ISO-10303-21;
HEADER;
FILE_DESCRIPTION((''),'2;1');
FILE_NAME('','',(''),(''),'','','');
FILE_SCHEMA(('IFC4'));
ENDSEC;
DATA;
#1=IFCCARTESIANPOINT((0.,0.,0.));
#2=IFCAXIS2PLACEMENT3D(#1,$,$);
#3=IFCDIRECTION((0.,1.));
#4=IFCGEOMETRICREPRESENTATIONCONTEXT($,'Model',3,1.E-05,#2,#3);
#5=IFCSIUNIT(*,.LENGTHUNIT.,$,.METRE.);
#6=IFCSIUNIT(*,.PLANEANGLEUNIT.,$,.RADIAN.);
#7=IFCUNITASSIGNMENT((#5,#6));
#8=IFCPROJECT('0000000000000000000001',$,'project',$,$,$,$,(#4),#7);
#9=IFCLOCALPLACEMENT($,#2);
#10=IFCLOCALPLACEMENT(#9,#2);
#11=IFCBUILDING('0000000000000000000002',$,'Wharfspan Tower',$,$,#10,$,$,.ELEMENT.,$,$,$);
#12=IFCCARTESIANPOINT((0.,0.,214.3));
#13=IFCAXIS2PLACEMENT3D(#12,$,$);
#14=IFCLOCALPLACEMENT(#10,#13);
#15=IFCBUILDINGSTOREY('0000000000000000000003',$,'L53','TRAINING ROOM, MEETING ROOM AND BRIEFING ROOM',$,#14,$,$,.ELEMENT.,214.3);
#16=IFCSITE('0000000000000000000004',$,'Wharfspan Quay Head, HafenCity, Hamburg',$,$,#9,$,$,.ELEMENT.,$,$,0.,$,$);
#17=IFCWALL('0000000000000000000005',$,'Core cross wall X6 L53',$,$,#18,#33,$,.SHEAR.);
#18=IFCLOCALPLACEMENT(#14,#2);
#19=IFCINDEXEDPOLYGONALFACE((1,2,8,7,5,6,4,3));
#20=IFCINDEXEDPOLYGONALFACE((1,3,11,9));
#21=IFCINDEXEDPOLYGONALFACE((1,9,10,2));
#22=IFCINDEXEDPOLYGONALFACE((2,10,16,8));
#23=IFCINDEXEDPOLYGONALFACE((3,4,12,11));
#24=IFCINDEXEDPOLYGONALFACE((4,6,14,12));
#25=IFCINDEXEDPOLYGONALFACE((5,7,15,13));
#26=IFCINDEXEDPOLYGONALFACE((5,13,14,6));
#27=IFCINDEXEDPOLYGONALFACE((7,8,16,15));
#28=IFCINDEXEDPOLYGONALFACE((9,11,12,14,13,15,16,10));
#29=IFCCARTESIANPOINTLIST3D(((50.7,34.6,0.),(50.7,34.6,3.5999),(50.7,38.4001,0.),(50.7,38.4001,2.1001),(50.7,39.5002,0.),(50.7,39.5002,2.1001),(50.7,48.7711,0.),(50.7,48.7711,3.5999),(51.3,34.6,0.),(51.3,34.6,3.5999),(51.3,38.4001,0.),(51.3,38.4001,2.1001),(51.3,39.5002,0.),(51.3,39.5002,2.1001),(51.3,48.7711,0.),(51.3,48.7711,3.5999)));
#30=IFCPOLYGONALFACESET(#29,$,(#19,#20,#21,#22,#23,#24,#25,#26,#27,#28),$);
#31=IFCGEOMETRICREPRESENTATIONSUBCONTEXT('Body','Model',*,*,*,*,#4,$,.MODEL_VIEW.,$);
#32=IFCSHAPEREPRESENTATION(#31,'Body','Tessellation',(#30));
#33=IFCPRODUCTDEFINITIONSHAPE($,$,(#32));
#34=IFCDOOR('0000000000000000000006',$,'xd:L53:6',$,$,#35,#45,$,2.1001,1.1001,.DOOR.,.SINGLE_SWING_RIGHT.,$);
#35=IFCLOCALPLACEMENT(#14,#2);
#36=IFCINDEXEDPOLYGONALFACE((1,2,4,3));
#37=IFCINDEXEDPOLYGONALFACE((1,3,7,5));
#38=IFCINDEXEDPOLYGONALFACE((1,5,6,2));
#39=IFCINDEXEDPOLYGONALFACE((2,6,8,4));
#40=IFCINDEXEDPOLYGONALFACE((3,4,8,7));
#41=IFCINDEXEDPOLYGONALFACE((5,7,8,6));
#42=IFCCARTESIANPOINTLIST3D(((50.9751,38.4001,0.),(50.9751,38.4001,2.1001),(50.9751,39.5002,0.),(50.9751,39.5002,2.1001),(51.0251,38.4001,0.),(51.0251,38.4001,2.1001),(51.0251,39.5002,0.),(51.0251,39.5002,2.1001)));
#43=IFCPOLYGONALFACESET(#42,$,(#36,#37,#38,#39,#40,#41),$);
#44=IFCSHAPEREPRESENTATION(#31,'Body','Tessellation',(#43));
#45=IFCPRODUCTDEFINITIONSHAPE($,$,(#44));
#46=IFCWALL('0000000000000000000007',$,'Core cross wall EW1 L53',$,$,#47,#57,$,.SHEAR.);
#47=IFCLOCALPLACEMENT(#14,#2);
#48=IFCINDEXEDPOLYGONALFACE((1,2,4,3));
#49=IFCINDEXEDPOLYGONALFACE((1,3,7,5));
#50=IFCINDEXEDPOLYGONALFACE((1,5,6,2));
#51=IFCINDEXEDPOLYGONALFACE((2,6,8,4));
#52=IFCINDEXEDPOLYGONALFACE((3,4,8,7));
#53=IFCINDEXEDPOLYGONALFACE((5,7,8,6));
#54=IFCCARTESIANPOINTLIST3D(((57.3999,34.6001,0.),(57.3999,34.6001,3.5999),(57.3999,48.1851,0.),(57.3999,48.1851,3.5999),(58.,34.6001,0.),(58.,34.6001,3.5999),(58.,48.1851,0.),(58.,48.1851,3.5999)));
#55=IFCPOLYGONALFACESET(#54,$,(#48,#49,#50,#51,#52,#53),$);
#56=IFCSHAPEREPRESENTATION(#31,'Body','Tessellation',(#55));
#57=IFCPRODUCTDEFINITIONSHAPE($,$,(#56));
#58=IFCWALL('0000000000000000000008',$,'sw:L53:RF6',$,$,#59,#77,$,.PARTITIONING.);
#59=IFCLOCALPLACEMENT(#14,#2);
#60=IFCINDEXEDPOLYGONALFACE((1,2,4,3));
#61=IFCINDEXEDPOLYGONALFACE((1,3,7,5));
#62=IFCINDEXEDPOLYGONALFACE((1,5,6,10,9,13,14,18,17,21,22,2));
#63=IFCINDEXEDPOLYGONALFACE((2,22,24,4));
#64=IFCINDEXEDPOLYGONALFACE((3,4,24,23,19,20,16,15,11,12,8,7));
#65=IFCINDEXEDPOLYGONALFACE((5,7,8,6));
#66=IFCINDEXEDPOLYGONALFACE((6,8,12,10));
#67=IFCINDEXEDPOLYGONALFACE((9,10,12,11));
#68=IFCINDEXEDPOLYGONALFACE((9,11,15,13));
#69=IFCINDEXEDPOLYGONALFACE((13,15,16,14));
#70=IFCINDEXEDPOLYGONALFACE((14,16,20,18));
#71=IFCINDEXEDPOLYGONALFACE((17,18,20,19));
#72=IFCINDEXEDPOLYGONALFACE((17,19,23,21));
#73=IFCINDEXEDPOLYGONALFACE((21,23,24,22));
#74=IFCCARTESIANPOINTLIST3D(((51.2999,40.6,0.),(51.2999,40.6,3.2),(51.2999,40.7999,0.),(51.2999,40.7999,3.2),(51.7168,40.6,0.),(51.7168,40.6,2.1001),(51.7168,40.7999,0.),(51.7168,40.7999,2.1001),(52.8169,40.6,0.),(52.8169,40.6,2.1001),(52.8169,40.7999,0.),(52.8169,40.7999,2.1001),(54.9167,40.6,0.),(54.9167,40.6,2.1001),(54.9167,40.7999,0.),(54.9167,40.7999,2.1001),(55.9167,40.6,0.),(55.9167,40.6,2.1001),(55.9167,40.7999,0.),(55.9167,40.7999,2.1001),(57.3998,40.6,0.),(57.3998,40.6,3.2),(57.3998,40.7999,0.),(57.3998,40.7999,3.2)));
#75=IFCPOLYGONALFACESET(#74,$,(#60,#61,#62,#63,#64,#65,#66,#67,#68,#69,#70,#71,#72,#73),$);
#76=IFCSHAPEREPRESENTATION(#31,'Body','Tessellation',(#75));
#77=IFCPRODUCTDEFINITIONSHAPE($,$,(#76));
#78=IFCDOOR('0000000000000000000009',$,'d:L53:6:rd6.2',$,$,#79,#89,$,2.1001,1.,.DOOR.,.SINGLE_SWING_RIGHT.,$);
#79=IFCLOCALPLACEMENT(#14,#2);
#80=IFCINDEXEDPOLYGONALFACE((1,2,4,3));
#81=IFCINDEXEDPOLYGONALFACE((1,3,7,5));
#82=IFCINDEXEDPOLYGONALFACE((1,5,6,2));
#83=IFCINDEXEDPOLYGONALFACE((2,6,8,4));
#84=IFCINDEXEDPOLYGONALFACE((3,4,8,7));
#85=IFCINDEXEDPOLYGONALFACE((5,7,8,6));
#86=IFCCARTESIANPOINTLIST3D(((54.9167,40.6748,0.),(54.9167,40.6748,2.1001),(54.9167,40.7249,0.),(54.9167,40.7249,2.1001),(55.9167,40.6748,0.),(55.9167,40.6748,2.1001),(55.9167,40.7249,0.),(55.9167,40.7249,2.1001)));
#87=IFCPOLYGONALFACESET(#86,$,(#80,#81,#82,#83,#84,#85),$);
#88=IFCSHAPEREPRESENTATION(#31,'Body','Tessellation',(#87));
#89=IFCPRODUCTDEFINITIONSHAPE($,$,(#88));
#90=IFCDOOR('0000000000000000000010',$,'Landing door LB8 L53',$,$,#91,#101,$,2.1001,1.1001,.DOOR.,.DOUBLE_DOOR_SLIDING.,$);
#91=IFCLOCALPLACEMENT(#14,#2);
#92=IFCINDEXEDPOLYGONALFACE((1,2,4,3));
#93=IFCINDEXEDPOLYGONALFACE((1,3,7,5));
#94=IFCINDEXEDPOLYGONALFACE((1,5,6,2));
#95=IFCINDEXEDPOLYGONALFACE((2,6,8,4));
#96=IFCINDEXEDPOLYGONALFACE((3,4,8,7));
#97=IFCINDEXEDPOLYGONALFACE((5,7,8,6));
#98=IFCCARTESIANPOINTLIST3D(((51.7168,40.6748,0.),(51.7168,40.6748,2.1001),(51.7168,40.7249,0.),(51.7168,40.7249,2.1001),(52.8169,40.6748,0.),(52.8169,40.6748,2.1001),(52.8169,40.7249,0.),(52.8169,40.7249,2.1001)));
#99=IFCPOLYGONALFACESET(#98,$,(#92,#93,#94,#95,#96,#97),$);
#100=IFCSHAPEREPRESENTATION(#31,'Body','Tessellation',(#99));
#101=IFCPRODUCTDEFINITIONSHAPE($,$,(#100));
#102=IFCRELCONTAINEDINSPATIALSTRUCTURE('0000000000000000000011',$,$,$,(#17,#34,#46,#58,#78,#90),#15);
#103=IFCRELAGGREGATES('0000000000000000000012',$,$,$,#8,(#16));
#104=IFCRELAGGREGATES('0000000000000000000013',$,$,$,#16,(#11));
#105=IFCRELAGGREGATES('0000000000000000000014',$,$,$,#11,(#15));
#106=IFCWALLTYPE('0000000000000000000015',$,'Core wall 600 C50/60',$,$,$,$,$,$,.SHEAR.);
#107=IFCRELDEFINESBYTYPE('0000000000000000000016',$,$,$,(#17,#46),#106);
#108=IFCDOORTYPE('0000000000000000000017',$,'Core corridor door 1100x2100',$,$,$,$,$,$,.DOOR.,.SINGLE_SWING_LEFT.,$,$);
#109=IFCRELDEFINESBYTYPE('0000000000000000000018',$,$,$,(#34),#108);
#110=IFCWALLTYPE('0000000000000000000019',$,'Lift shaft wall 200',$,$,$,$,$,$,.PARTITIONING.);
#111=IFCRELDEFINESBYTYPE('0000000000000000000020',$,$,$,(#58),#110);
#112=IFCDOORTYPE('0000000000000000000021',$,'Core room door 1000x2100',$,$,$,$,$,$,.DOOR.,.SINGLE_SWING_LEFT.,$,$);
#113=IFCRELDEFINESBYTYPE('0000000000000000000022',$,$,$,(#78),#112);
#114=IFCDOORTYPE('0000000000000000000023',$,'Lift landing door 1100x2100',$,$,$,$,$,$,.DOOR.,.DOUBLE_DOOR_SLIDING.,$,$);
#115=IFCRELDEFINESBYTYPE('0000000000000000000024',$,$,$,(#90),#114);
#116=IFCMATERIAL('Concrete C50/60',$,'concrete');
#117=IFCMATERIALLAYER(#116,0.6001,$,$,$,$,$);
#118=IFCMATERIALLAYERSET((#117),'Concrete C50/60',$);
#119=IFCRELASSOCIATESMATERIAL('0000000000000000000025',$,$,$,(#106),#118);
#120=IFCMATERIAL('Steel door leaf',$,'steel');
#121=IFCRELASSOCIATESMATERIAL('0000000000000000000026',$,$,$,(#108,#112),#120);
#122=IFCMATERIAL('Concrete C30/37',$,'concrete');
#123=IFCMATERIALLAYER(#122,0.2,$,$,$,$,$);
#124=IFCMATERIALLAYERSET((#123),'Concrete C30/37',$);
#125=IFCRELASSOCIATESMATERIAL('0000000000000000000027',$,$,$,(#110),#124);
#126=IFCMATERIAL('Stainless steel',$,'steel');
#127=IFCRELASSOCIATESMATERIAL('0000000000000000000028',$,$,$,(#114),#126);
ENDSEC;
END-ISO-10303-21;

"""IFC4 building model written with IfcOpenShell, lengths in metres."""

from ifc_helpers import new_model, si_unit, direction, frame, frame_2d, origin, place, context, subcontext, project, spatial, rectangle, extrude, material, layer, layer_set, type_object, element, fill, save


model = new_model("IFC4")

# Units and contexts
model_context = context("Model", 3, precision=1e-05, world=origin(), true_north=direction((0.0, 1.0)))
body_context = subcontext(model_context, "Body", "Model", "MODEL_VIEW")
ifc_project = project(units=[si_unit("LENGTHUNIT", "METRE"), si_unit("PLANEANGLEUNIT", "RADIAN")], contexts=[model_context])

# Site, building, storey
site_placement = place(None, origin())
site = spatial("IfcSite", under=ifc_project, at=site_placement, Name="Wharfspan Quay Head, HafenCity, Hamburg", CompositionType="ELEMENT", RefElevation=0.0)
building_placement = place(site_placement, origin())
building = spatial("IfcBuilding", under=site, at=building_placement, Name="Wharfspan Tower", CompositionType="ELEMENT")
storey_placement = place(building_placement, frame((0.0, 0.0, 214.3)))
storey = spatial("IfcBuildingStorey", under=building, at=storey_placement, Name="L53", Description="TRAINING ROOM, MEETING ROOM AND BRIEFING ROOM", CompositionType="ELEMENT", Elevation=214.3)

# Shared definitions
ifc_material_1 = material(Name="Concrete C50/60", Category="concrete")

# Wall, opening, door
ifc_layer_1 = layer(ifc_material_1, 0.6001)
ifc_layer_set_1 = layer_set([ifc_layer_1], Name="Concrete C50/60")
wall_type_1 = type_object("IfcWallType", Name="Core wall 600 C50/60", PredefinedType="SHEAR", material=ifc_layer_set_1)
wall_1_placement = place(storey_placement, frame((51.0, 34.6001, 0.0), z_axis=(0.0, 0.0, 1.0), x_axis=(0.0, 1.0, 0.0)))
wall_1 = element("IfcWall", 1, at=wall_1_placement, inside=storey, type_object=wall_type_1, Name="Core cross wall X6 L53", PredefinedType="SHEAR", context=body_context, shape_type="SweptSolid", body=[
    extrude(rectangle(XDim=14.1711, YDim=0.6001, at=frame_2d((7.0854, 0.0))), origin(), (0.0, 0.0, 1.0), 3.5999),
])
opening_1_placement = place(wall_1_placement, frame((3.8, 0.0, 0.0)))
opening_1 = element("IfcOpeningElement", 2, at=opening_1_placement, cuts=wall_1, PredefinedType="OPENING", context=body_context, shape_type="SweptSolid", body=[
    extrude(rectangle(XDim=1.1001, YDim=2.1001, at=frame_2d((0.55, 1.05))), frame((0.0, 0.3101, 0.0), z_axis=(0.0, -1.0, 0.0), x_axis=(1.0, 0.0, 0.0)), (0.0, 0.0, 1.0), 0.6201),
])
ifc_material_2 = material(Name="Steel door leaf", Category="steel")
door_type_1 = type_object("IfcDoorType", Name="Core corridor door 1100x2100", OperationType="SINGLE_SWING_LEFT", PredefinedType="DOOR", material=ifc_material_2)
door_1_placement = place(opening_1_placement, origin())
door_1 = element("IfcDoor", 3, at=door_1_placement, inside=storey, type_object=door_type_1, Name="xd:L53:6", OperationType="SINGLE_SWING_RIGHT", OverallHeight=2.1001, OverallWidth=1.1001, PredefinedType="DOOR", context=body_context, shape_type="SweptSolid", body=[
    extrude(rectangle(XDim=1.1001, YDim=2.1001, at=frame_2d((0.55, 1.05))), frame((0.0, 0.0249, 0.0), z_axis=(0.0, -1.0, 0.0), x_axis=(1.0, 0.0, 0.0)), (0.0, 0.0, 1.0), 0.05),
])
fill(opening_1, door_1)

# Wall
wall_2_placement = place(storey_placement, frame((57.7, 34.6001, 0.0), z_axis=(0.0, 0.0, 1.0), x_axis=(0.0, 1.0, 0.0)))
element("IfcWall", 4, at=wall_2_placement, inside=storey, type_object=wall_type_1, Name="Core cross wall EW1 L53", PredefinedType="SHEAR", context=body_context, shape_type="SweptSolid", body=[
    extrude(rectangle(XDim=13.585, YDim=0.6001, at=frame_2d((6.7925, 0.0))), origin(), (0.0, 0.0, 1.0), 3.5999),
])

# Wall, openings, doors
ifc_material_3 = material(Name="Concrete C30/37", Category="concrete")
ifc_layer_2 = layer(ifc_material_3, 0.2)
ifc_layer_set_2 = layer_set([ifc_layer_2], Name="Concrete C30/37")
wall_type_2 = type_object("IfcWallType", Name="Lift shaft wall 200", PredefinedType="PARTITIONING", material=ifc_layer_set_2)
wall_3_placement = place(storey_placement, frame((51.3, 40.7, 0.0), z_axis=(0.0, 0.0, 1.0), x_axis=(1.0, 0.0, 0.0)))
wall_3 = element("IfcWall", 5, at=wall_3_placement, inside=storey, type_object=wall_type_2, Name="sw:L53:RF6", PredefinedType="PARTITIONING", context=body_context, shape_type="SweptSolid", body=[
    extrude(rectangle(XDim=6.0999, YDim=0.2, at=frame_2d((3.0498, 0.0))), origin(), (0.0, 0.0, 1.0), 3.2),
])
opening_2_placement = place(wall_3_placement, frame((0.4167, 0.0, 0.0)))
opening_2 = element("IfcOpeningElement", 6, at=opening_2_placement, cuts=wall_3, PredefinedType="OPENING", context=body_context, shape_type="SweptSolid", body=[
    extrude(rectangle(XDim=1.1001, YDim=2.1001, at=frame_2d((0.55, 1.05))), frame((0.0, 0.1099, 0.0), z_axis=(0.0, -1.0, 0.0), x_axis=(1.0, 0.0, 0.0)), (0.0, 0.0, 1.0), 0.22),
])
opening_3_placement = place(wall_3_placement, frame((3.6167, 0.0, 0.0)))
opening_3 = element("IfcOpeningElement", 7, at=opening_3_placement, cuts=wall_3, PredefinedType="OPENING", context=body_context, shape_type="SweptSolid", body=[
    extrude(rectangle(XDim=1.0, YDim=2.1001, at=frame_2d((0.5, 1.05))), frame((0.0, 0.1099, 0.0), z_axis=(0.0, -1.0, 0.0), x_axis=(1.0, 0.0, 0.0)), (0.0, 0.0, 1.0), 0.22),
])
door_type_2 = type_object("IfcDoorType", Name="Core room door 1000x2100", OperationType="SINGLE_SWING_LEFT", PredefinedType="DOOR", material=ifc_material_2)
door_2_placement = place(opening_3_placement, origin())
door_2 = element("IfcDoor", 8, at=door_2_placement, inside=storey, type_object=door_type_2, Name="d:L53:6:rd6.2", OperationType="SINGLE_SWING_RIGHT", OverallHeight=2.1001, OverallWidth=1.0, PredefinedType="DOOR", context=body_context, shape_type="SweptSolid", body=[
    extrude(rectangle(XDim=1.0, YDim=2.1001, at=frame_2d((0.5, 1.05))), frame((0.0, 0.0249, 0.0), z_axis=(0.0, -1.0, 0.0), x_axis=(1.0, 0.0, 0.0)), (0.0, 0.0, 1.0), 0.05),
])
fill(opening_3, door_2)
ifc_material_4 = material(Name="Stainless steel", Category="steel")
door_type_3 = type_object("IfcDoorType", Name="Lift landing door 1100x2100", OperationType="DOUBLE_DOOR_SLIDING", PredefinedType="DOOR", material=ifc_material_4)
door_3_placement = place(opening_2_placement, origin())
door_3 = element("IfcDoor", 9, at=door_3_placement, inside=storey, type_object=door_type_3, Name="Landing door LB8 L53", OperationType="DOUBLE_DOOR_SLIDING", OverallHeight=2.1001, OverallWidth=1.1001, PredefinedType="DOOR", context=body_context, shape_type="SweptSolid", body=[
    extrude(rectangle(XDim=1.1001, YDim=2.1001, at=frame_2d((0.55, 1.05))), frame((0.0, 0.0249, 0.0), z_axis=(0.0, -1.0, 0.0), x_axis=(1.0, 0.0, 0.0)), (0.0, 0.0, 1.0), 0.05),
])
fill(opening_2, door_3)

save(model, "model.ifc")
